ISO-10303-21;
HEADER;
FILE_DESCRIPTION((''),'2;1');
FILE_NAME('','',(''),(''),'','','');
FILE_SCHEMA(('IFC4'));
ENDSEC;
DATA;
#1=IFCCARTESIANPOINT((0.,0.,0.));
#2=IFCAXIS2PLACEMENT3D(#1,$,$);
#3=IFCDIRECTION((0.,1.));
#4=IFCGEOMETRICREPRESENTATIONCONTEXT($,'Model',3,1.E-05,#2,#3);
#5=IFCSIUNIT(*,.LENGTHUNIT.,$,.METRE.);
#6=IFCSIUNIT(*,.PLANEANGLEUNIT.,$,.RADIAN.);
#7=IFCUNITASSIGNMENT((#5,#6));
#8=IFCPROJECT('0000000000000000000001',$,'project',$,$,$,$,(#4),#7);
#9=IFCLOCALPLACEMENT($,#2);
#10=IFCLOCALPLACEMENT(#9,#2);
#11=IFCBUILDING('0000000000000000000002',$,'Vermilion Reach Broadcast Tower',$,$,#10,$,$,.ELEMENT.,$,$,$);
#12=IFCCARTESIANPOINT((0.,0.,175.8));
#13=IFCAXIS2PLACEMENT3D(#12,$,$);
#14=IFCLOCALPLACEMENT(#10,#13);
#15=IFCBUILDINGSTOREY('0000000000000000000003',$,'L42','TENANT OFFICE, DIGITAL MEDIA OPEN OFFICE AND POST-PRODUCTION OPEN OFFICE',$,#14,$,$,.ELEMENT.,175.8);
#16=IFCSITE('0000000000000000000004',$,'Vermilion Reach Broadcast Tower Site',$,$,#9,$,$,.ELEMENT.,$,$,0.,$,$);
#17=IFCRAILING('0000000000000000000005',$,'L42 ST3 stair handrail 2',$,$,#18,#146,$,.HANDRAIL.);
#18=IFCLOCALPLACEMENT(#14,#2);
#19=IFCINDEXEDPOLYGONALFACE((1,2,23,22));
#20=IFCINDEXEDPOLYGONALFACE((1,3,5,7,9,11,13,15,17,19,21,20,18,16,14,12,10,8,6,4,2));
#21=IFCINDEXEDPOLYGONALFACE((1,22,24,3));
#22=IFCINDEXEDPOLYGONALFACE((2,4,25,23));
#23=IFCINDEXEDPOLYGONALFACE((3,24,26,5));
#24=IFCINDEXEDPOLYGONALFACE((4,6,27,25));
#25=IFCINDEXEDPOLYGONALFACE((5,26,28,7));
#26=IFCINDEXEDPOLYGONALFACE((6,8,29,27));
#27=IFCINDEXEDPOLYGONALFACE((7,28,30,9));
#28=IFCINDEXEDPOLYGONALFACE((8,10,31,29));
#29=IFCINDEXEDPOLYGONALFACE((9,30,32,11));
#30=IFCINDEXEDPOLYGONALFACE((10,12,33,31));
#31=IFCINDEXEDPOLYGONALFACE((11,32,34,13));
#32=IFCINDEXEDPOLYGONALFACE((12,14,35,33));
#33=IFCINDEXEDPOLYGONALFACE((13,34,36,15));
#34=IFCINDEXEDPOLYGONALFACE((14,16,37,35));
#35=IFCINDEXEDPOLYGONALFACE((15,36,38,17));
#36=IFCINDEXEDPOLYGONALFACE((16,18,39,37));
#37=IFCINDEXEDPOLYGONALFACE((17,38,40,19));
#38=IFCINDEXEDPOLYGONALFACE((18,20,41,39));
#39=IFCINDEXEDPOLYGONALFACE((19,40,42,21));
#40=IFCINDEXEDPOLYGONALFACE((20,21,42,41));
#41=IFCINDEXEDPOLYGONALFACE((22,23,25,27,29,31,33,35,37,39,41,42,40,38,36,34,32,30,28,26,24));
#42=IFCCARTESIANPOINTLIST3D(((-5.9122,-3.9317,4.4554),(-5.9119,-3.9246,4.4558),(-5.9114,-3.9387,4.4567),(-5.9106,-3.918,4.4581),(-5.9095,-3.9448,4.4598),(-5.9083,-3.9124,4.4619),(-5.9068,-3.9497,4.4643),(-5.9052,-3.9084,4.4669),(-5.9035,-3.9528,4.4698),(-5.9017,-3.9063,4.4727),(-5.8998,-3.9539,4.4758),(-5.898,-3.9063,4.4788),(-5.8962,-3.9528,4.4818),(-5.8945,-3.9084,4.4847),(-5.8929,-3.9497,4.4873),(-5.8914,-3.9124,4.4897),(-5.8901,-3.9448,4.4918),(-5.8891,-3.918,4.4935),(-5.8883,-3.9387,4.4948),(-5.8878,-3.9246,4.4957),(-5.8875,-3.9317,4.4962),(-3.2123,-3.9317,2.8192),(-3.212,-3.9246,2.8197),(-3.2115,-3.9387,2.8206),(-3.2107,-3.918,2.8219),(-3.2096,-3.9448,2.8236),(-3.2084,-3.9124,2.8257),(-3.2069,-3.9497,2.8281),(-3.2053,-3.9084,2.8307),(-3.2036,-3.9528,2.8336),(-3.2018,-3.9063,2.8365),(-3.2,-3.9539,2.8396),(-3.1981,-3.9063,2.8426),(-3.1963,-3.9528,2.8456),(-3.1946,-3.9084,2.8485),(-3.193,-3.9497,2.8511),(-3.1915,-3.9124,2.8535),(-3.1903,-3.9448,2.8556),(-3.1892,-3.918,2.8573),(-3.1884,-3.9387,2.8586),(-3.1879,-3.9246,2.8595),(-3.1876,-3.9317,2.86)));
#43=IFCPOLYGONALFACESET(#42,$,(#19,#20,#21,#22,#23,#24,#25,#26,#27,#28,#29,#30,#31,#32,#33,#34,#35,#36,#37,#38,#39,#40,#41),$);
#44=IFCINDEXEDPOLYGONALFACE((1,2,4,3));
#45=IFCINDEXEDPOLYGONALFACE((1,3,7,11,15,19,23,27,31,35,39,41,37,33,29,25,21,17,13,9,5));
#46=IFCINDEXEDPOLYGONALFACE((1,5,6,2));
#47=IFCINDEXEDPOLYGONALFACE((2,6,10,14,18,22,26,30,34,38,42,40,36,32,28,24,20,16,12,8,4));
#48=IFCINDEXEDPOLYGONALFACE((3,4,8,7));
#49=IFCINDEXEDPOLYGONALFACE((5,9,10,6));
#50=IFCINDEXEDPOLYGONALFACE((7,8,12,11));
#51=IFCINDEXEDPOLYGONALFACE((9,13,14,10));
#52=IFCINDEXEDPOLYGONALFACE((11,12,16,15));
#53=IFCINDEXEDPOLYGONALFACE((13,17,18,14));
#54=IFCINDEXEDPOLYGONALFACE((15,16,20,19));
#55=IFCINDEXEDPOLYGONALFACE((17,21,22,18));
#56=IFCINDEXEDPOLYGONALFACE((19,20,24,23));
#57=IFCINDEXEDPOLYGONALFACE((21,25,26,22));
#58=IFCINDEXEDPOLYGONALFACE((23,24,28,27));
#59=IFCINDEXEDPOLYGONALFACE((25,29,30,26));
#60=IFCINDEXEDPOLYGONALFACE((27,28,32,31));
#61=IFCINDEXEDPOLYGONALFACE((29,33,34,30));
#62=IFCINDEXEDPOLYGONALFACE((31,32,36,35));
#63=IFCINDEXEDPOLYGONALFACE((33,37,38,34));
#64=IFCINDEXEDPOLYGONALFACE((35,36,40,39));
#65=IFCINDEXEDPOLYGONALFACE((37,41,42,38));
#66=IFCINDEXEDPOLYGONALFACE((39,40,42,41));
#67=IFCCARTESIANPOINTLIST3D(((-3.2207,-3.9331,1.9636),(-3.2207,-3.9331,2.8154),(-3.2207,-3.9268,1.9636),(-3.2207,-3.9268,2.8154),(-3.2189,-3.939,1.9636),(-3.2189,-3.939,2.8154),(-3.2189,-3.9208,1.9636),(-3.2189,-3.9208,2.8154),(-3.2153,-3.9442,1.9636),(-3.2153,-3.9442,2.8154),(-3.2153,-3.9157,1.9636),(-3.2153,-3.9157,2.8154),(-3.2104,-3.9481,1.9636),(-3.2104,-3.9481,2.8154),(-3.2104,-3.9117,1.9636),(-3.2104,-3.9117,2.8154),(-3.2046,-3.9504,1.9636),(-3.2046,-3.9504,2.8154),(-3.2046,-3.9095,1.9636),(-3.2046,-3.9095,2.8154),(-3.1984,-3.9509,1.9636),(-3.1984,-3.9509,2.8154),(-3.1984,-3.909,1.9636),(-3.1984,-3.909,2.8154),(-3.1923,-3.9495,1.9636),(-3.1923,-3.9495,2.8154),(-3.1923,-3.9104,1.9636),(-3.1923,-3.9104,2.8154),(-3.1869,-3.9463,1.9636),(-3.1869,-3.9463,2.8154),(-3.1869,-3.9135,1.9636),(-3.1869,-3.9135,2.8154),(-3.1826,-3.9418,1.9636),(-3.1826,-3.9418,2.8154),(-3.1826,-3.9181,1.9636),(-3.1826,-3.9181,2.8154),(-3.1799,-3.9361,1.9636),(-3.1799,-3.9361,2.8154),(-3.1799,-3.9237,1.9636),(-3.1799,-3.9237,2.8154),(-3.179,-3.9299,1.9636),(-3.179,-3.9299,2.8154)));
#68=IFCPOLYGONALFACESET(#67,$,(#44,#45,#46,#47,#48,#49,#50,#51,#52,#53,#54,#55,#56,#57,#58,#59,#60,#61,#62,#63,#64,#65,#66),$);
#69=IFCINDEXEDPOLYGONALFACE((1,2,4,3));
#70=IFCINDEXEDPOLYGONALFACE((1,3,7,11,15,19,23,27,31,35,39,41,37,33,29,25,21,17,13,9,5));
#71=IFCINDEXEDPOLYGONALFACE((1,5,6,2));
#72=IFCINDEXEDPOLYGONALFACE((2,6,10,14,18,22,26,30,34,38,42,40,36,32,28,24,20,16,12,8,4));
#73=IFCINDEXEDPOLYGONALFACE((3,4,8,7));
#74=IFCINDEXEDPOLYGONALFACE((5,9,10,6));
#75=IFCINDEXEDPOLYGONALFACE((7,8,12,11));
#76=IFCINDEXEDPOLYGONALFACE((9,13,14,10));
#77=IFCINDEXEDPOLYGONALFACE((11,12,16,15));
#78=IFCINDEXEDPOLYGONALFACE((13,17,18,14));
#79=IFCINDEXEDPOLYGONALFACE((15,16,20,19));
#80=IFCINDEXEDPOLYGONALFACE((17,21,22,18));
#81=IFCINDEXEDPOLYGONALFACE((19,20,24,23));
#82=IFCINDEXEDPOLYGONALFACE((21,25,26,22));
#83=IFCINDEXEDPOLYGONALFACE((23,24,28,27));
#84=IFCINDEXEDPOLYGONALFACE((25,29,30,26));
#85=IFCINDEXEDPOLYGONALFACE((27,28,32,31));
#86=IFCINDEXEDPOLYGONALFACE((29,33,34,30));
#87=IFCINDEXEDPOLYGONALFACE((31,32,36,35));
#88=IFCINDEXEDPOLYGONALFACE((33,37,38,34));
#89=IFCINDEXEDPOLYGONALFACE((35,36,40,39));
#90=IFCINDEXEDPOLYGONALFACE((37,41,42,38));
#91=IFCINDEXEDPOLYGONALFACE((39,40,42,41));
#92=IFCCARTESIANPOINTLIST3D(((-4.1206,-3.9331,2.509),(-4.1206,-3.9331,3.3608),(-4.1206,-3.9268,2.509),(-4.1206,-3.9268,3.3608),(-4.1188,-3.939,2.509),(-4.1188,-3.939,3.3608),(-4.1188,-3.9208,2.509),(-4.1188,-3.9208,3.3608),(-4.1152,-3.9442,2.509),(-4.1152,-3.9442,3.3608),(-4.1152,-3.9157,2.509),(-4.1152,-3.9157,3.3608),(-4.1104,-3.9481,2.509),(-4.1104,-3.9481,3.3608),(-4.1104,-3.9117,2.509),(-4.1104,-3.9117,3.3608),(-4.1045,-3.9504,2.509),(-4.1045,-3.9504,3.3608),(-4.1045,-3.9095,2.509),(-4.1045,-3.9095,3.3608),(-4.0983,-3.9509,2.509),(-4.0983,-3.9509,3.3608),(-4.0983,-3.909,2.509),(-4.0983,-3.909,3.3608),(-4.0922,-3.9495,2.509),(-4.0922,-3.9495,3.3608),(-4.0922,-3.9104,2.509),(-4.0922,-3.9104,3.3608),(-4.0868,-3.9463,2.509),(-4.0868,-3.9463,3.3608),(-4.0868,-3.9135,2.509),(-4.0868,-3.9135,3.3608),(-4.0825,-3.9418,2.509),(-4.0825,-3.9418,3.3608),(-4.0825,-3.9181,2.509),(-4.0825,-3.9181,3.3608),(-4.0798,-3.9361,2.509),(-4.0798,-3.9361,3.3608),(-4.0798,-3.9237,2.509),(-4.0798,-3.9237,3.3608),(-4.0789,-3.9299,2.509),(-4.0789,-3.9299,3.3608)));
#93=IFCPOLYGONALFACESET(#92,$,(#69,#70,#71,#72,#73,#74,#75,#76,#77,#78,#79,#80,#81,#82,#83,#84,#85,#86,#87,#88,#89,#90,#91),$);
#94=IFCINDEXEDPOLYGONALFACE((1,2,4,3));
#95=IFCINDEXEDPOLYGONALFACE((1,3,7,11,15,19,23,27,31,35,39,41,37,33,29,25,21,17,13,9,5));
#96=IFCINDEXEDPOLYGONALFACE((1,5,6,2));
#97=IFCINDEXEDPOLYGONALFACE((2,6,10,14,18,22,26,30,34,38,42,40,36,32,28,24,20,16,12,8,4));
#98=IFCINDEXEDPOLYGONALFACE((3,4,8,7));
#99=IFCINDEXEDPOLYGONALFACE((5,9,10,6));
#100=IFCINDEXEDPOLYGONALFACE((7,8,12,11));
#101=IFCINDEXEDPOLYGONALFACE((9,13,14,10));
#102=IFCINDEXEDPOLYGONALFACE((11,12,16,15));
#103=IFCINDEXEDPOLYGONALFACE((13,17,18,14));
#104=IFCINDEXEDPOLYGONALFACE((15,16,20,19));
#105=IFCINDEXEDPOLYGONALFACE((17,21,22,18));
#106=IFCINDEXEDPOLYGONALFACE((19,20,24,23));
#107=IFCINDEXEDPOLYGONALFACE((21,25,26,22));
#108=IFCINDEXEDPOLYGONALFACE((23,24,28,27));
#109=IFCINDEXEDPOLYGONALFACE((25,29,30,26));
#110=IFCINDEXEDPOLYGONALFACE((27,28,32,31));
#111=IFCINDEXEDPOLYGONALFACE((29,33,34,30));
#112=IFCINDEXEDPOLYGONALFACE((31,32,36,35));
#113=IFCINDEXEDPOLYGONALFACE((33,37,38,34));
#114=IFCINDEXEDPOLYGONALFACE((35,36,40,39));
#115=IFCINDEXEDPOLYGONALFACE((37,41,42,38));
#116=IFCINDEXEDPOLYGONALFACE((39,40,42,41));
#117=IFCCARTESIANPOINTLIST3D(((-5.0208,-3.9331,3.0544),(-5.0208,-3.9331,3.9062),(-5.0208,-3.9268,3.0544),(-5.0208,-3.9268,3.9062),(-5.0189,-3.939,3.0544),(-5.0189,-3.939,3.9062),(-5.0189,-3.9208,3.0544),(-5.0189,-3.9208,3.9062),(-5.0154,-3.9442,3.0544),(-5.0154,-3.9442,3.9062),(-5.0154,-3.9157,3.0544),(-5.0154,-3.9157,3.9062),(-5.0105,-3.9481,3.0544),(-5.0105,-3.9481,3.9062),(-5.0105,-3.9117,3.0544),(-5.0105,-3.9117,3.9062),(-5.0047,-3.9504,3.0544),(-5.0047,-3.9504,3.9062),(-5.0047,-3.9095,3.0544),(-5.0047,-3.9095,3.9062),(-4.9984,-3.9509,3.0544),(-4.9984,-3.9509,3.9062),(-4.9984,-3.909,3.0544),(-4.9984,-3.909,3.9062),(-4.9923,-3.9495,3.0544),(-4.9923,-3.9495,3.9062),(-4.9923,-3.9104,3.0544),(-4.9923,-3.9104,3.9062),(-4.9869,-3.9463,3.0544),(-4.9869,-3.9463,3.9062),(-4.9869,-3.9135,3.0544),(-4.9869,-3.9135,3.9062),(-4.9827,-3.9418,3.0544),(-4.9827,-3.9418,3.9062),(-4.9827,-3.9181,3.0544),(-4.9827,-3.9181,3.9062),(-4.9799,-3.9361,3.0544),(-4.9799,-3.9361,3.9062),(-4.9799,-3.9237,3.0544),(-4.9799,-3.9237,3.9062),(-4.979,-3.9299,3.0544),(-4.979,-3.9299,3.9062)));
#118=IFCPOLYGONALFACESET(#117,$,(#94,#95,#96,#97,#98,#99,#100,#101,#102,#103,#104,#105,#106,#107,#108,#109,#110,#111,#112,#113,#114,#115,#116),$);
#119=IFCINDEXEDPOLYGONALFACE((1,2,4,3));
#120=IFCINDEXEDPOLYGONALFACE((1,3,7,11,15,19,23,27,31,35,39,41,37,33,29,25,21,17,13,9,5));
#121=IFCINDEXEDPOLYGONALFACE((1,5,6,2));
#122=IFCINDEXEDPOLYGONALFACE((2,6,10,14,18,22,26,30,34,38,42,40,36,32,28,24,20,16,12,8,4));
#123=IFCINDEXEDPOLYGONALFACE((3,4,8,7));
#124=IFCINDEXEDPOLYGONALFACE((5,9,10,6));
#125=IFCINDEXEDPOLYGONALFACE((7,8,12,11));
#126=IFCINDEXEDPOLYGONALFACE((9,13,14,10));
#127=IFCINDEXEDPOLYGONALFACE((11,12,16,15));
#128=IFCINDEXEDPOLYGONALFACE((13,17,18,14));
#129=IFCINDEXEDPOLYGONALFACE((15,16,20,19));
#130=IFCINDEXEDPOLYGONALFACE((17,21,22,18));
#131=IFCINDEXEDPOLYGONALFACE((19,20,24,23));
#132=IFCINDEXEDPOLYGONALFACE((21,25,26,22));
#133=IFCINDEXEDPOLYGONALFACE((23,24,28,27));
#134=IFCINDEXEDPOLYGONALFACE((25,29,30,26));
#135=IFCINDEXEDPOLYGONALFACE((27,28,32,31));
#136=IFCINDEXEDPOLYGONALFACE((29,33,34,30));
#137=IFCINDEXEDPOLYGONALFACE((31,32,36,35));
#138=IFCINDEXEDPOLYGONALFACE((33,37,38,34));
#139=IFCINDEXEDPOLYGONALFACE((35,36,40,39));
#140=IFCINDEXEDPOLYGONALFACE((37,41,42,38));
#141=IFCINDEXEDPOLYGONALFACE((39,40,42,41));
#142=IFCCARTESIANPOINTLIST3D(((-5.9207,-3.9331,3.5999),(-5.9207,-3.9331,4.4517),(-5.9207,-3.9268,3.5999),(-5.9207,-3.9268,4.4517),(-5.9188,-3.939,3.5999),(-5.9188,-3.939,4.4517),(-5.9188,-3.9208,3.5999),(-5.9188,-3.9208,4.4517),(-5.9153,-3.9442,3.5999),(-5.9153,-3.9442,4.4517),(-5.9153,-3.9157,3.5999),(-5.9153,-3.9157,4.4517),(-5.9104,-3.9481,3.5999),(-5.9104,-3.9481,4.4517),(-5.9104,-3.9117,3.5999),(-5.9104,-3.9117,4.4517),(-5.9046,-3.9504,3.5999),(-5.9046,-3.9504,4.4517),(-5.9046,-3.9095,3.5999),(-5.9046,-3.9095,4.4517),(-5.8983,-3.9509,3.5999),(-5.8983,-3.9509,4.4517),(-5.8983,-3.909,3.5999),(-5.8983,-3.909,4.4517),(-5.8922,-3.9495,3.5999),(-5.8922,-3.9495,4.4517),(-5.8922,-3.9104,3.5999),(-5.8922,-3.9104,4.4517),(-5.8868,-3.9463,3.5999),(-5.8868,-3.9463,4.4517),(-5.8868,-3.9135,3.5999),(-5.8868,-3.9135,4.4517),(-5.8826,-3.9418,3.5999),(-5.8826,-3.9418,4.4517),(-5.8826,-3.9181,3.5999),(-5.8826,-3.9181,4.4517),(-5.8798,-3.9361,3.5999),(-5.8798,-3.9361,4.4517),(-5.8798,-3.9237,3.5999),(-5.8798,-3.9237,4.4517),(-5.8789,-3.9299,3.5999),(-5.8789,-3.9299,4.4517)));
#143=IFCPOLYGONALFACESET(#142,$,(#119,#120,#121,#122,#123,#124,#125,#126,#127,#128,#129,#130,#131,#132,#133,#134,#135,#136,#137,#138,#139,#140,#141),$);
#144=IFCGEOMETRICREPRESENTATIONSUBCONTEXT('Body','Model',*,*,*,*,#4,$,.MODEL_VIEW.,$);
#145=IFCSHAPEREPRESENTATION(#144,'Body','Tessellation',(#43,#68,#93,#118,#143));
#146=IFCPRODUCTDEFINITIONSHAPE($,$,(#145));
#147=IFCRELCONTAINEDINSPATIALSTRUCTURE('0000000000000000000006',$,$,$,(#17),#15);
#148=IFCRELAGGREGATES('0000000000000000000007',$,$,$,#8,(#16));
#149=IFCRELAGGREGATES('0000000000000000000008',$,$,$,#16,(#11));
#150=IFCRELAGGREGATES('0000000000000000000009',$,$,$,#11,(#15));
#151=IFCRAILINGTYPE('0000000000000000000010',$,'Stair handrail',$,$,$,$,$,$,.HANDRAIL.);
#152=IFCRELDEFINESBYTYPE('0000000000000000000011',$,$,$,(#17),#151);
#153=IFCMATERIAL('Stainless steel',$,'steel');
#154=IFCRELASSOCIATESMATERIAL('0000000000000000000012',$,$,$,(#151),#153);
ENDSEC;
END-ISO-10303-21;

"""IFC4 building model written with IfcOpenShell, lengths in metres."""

from ifc_helpers import new_model, si_unit, direction, frame, origin, origin_2d, place, context, subcontext, project, spatial, circle, extrude, material, type_object, element, save


model = new_model("IFC4")

# Units and contexts
model_context = context("Model", 3, precision=1e-05, world=origin(), true_north=direction((0.0, 1.0)))
body_context = subcontext(model_context, "Body", "Model", "MODEL_VIEW")
ifc_project = project(units=[si_unit("LENGTHUNIT", "METRE"), si_unit("PLANEANGLEUNIT", "RADIAN")], contexts=[model_context])

# Site, building, storey
site_placement = place(None, origin())
site = spatial("IfcSite", under=ifc_project, at=site_placement, Name="Vermilion Reach Broadcast Tower Site", CompositionType="ELEMENT", RefElevation=0.0)
building_placement = place(site_placement, origin())
building = spatial("IfcBuilding", under=site, at=building_placement, Name="Vermilion Reach Broadcast Tower", CompositionType="ELEMENT")
storey_placement = place(building_placement, frame((0.0, 0.0, 175.8)))
storey = spatial("IfcBuildingStorey", under=building, at=storey_placement, Name="L42", Description="TENANT OFFICE, DIGITAL MEDIA OPEN OFFICE AND POST-PRODUCTION OPEN OFFICE", CompositionType="ELEMENT", Elevation=175.8)

# Railing
ifc_material_1 = material(Name="Stainless steel", Category="steel")
railing_type_1 = type_object("IfcRailingType", Name="Stair handrail", PredefinedType="HANDRAIL", material=ifc_material_1)
railing_1_placement = place(storey_placement, frame((-3.2, -3.9299, 1.9636)))
element("IfcRailing", 1, at=railing_1_placement, inside=storey, type_object=railing_type_1, Name="L42 ST3 stair handrail 2", PredefinedType="HANDRAIL", context=body_context, shape_type="SweptSolid", body=[
    extrude(circle(Radius=0.0239, at=origin_2d()), frame((0.0, 0.0, 0.876), z_axis=(-0.855212, 0.0, 0.518278), x_axis=(0.0, -1.0, 0.0)), (0.0, 0.0, 1.0), 3.157),
    extrude(circle(Radius=0.021, at=origin_2d()), origin(), (0.0, 0.0, 1.0), 0.8518),
    extrude(circle(Radius=0.021, at=origin_2d()), frame((-0.8999, 0.0, 0.5454)), (0.0, 0.0, 1.0), 0.8518),
    extrude(circle(Radius=0.021, at=origin_2d()), frame((-1.8, 0.0, 1.0908)), (0.0, 0.0, 1.0), 0.8518),
    extrude(circle(Radius=0.021, at=origin_2d()), frame((-2.7, 0.0, 1.6362)), (0.0, 0.0, 1.0), 0.8518),
])

save(model, "model.ifc")
